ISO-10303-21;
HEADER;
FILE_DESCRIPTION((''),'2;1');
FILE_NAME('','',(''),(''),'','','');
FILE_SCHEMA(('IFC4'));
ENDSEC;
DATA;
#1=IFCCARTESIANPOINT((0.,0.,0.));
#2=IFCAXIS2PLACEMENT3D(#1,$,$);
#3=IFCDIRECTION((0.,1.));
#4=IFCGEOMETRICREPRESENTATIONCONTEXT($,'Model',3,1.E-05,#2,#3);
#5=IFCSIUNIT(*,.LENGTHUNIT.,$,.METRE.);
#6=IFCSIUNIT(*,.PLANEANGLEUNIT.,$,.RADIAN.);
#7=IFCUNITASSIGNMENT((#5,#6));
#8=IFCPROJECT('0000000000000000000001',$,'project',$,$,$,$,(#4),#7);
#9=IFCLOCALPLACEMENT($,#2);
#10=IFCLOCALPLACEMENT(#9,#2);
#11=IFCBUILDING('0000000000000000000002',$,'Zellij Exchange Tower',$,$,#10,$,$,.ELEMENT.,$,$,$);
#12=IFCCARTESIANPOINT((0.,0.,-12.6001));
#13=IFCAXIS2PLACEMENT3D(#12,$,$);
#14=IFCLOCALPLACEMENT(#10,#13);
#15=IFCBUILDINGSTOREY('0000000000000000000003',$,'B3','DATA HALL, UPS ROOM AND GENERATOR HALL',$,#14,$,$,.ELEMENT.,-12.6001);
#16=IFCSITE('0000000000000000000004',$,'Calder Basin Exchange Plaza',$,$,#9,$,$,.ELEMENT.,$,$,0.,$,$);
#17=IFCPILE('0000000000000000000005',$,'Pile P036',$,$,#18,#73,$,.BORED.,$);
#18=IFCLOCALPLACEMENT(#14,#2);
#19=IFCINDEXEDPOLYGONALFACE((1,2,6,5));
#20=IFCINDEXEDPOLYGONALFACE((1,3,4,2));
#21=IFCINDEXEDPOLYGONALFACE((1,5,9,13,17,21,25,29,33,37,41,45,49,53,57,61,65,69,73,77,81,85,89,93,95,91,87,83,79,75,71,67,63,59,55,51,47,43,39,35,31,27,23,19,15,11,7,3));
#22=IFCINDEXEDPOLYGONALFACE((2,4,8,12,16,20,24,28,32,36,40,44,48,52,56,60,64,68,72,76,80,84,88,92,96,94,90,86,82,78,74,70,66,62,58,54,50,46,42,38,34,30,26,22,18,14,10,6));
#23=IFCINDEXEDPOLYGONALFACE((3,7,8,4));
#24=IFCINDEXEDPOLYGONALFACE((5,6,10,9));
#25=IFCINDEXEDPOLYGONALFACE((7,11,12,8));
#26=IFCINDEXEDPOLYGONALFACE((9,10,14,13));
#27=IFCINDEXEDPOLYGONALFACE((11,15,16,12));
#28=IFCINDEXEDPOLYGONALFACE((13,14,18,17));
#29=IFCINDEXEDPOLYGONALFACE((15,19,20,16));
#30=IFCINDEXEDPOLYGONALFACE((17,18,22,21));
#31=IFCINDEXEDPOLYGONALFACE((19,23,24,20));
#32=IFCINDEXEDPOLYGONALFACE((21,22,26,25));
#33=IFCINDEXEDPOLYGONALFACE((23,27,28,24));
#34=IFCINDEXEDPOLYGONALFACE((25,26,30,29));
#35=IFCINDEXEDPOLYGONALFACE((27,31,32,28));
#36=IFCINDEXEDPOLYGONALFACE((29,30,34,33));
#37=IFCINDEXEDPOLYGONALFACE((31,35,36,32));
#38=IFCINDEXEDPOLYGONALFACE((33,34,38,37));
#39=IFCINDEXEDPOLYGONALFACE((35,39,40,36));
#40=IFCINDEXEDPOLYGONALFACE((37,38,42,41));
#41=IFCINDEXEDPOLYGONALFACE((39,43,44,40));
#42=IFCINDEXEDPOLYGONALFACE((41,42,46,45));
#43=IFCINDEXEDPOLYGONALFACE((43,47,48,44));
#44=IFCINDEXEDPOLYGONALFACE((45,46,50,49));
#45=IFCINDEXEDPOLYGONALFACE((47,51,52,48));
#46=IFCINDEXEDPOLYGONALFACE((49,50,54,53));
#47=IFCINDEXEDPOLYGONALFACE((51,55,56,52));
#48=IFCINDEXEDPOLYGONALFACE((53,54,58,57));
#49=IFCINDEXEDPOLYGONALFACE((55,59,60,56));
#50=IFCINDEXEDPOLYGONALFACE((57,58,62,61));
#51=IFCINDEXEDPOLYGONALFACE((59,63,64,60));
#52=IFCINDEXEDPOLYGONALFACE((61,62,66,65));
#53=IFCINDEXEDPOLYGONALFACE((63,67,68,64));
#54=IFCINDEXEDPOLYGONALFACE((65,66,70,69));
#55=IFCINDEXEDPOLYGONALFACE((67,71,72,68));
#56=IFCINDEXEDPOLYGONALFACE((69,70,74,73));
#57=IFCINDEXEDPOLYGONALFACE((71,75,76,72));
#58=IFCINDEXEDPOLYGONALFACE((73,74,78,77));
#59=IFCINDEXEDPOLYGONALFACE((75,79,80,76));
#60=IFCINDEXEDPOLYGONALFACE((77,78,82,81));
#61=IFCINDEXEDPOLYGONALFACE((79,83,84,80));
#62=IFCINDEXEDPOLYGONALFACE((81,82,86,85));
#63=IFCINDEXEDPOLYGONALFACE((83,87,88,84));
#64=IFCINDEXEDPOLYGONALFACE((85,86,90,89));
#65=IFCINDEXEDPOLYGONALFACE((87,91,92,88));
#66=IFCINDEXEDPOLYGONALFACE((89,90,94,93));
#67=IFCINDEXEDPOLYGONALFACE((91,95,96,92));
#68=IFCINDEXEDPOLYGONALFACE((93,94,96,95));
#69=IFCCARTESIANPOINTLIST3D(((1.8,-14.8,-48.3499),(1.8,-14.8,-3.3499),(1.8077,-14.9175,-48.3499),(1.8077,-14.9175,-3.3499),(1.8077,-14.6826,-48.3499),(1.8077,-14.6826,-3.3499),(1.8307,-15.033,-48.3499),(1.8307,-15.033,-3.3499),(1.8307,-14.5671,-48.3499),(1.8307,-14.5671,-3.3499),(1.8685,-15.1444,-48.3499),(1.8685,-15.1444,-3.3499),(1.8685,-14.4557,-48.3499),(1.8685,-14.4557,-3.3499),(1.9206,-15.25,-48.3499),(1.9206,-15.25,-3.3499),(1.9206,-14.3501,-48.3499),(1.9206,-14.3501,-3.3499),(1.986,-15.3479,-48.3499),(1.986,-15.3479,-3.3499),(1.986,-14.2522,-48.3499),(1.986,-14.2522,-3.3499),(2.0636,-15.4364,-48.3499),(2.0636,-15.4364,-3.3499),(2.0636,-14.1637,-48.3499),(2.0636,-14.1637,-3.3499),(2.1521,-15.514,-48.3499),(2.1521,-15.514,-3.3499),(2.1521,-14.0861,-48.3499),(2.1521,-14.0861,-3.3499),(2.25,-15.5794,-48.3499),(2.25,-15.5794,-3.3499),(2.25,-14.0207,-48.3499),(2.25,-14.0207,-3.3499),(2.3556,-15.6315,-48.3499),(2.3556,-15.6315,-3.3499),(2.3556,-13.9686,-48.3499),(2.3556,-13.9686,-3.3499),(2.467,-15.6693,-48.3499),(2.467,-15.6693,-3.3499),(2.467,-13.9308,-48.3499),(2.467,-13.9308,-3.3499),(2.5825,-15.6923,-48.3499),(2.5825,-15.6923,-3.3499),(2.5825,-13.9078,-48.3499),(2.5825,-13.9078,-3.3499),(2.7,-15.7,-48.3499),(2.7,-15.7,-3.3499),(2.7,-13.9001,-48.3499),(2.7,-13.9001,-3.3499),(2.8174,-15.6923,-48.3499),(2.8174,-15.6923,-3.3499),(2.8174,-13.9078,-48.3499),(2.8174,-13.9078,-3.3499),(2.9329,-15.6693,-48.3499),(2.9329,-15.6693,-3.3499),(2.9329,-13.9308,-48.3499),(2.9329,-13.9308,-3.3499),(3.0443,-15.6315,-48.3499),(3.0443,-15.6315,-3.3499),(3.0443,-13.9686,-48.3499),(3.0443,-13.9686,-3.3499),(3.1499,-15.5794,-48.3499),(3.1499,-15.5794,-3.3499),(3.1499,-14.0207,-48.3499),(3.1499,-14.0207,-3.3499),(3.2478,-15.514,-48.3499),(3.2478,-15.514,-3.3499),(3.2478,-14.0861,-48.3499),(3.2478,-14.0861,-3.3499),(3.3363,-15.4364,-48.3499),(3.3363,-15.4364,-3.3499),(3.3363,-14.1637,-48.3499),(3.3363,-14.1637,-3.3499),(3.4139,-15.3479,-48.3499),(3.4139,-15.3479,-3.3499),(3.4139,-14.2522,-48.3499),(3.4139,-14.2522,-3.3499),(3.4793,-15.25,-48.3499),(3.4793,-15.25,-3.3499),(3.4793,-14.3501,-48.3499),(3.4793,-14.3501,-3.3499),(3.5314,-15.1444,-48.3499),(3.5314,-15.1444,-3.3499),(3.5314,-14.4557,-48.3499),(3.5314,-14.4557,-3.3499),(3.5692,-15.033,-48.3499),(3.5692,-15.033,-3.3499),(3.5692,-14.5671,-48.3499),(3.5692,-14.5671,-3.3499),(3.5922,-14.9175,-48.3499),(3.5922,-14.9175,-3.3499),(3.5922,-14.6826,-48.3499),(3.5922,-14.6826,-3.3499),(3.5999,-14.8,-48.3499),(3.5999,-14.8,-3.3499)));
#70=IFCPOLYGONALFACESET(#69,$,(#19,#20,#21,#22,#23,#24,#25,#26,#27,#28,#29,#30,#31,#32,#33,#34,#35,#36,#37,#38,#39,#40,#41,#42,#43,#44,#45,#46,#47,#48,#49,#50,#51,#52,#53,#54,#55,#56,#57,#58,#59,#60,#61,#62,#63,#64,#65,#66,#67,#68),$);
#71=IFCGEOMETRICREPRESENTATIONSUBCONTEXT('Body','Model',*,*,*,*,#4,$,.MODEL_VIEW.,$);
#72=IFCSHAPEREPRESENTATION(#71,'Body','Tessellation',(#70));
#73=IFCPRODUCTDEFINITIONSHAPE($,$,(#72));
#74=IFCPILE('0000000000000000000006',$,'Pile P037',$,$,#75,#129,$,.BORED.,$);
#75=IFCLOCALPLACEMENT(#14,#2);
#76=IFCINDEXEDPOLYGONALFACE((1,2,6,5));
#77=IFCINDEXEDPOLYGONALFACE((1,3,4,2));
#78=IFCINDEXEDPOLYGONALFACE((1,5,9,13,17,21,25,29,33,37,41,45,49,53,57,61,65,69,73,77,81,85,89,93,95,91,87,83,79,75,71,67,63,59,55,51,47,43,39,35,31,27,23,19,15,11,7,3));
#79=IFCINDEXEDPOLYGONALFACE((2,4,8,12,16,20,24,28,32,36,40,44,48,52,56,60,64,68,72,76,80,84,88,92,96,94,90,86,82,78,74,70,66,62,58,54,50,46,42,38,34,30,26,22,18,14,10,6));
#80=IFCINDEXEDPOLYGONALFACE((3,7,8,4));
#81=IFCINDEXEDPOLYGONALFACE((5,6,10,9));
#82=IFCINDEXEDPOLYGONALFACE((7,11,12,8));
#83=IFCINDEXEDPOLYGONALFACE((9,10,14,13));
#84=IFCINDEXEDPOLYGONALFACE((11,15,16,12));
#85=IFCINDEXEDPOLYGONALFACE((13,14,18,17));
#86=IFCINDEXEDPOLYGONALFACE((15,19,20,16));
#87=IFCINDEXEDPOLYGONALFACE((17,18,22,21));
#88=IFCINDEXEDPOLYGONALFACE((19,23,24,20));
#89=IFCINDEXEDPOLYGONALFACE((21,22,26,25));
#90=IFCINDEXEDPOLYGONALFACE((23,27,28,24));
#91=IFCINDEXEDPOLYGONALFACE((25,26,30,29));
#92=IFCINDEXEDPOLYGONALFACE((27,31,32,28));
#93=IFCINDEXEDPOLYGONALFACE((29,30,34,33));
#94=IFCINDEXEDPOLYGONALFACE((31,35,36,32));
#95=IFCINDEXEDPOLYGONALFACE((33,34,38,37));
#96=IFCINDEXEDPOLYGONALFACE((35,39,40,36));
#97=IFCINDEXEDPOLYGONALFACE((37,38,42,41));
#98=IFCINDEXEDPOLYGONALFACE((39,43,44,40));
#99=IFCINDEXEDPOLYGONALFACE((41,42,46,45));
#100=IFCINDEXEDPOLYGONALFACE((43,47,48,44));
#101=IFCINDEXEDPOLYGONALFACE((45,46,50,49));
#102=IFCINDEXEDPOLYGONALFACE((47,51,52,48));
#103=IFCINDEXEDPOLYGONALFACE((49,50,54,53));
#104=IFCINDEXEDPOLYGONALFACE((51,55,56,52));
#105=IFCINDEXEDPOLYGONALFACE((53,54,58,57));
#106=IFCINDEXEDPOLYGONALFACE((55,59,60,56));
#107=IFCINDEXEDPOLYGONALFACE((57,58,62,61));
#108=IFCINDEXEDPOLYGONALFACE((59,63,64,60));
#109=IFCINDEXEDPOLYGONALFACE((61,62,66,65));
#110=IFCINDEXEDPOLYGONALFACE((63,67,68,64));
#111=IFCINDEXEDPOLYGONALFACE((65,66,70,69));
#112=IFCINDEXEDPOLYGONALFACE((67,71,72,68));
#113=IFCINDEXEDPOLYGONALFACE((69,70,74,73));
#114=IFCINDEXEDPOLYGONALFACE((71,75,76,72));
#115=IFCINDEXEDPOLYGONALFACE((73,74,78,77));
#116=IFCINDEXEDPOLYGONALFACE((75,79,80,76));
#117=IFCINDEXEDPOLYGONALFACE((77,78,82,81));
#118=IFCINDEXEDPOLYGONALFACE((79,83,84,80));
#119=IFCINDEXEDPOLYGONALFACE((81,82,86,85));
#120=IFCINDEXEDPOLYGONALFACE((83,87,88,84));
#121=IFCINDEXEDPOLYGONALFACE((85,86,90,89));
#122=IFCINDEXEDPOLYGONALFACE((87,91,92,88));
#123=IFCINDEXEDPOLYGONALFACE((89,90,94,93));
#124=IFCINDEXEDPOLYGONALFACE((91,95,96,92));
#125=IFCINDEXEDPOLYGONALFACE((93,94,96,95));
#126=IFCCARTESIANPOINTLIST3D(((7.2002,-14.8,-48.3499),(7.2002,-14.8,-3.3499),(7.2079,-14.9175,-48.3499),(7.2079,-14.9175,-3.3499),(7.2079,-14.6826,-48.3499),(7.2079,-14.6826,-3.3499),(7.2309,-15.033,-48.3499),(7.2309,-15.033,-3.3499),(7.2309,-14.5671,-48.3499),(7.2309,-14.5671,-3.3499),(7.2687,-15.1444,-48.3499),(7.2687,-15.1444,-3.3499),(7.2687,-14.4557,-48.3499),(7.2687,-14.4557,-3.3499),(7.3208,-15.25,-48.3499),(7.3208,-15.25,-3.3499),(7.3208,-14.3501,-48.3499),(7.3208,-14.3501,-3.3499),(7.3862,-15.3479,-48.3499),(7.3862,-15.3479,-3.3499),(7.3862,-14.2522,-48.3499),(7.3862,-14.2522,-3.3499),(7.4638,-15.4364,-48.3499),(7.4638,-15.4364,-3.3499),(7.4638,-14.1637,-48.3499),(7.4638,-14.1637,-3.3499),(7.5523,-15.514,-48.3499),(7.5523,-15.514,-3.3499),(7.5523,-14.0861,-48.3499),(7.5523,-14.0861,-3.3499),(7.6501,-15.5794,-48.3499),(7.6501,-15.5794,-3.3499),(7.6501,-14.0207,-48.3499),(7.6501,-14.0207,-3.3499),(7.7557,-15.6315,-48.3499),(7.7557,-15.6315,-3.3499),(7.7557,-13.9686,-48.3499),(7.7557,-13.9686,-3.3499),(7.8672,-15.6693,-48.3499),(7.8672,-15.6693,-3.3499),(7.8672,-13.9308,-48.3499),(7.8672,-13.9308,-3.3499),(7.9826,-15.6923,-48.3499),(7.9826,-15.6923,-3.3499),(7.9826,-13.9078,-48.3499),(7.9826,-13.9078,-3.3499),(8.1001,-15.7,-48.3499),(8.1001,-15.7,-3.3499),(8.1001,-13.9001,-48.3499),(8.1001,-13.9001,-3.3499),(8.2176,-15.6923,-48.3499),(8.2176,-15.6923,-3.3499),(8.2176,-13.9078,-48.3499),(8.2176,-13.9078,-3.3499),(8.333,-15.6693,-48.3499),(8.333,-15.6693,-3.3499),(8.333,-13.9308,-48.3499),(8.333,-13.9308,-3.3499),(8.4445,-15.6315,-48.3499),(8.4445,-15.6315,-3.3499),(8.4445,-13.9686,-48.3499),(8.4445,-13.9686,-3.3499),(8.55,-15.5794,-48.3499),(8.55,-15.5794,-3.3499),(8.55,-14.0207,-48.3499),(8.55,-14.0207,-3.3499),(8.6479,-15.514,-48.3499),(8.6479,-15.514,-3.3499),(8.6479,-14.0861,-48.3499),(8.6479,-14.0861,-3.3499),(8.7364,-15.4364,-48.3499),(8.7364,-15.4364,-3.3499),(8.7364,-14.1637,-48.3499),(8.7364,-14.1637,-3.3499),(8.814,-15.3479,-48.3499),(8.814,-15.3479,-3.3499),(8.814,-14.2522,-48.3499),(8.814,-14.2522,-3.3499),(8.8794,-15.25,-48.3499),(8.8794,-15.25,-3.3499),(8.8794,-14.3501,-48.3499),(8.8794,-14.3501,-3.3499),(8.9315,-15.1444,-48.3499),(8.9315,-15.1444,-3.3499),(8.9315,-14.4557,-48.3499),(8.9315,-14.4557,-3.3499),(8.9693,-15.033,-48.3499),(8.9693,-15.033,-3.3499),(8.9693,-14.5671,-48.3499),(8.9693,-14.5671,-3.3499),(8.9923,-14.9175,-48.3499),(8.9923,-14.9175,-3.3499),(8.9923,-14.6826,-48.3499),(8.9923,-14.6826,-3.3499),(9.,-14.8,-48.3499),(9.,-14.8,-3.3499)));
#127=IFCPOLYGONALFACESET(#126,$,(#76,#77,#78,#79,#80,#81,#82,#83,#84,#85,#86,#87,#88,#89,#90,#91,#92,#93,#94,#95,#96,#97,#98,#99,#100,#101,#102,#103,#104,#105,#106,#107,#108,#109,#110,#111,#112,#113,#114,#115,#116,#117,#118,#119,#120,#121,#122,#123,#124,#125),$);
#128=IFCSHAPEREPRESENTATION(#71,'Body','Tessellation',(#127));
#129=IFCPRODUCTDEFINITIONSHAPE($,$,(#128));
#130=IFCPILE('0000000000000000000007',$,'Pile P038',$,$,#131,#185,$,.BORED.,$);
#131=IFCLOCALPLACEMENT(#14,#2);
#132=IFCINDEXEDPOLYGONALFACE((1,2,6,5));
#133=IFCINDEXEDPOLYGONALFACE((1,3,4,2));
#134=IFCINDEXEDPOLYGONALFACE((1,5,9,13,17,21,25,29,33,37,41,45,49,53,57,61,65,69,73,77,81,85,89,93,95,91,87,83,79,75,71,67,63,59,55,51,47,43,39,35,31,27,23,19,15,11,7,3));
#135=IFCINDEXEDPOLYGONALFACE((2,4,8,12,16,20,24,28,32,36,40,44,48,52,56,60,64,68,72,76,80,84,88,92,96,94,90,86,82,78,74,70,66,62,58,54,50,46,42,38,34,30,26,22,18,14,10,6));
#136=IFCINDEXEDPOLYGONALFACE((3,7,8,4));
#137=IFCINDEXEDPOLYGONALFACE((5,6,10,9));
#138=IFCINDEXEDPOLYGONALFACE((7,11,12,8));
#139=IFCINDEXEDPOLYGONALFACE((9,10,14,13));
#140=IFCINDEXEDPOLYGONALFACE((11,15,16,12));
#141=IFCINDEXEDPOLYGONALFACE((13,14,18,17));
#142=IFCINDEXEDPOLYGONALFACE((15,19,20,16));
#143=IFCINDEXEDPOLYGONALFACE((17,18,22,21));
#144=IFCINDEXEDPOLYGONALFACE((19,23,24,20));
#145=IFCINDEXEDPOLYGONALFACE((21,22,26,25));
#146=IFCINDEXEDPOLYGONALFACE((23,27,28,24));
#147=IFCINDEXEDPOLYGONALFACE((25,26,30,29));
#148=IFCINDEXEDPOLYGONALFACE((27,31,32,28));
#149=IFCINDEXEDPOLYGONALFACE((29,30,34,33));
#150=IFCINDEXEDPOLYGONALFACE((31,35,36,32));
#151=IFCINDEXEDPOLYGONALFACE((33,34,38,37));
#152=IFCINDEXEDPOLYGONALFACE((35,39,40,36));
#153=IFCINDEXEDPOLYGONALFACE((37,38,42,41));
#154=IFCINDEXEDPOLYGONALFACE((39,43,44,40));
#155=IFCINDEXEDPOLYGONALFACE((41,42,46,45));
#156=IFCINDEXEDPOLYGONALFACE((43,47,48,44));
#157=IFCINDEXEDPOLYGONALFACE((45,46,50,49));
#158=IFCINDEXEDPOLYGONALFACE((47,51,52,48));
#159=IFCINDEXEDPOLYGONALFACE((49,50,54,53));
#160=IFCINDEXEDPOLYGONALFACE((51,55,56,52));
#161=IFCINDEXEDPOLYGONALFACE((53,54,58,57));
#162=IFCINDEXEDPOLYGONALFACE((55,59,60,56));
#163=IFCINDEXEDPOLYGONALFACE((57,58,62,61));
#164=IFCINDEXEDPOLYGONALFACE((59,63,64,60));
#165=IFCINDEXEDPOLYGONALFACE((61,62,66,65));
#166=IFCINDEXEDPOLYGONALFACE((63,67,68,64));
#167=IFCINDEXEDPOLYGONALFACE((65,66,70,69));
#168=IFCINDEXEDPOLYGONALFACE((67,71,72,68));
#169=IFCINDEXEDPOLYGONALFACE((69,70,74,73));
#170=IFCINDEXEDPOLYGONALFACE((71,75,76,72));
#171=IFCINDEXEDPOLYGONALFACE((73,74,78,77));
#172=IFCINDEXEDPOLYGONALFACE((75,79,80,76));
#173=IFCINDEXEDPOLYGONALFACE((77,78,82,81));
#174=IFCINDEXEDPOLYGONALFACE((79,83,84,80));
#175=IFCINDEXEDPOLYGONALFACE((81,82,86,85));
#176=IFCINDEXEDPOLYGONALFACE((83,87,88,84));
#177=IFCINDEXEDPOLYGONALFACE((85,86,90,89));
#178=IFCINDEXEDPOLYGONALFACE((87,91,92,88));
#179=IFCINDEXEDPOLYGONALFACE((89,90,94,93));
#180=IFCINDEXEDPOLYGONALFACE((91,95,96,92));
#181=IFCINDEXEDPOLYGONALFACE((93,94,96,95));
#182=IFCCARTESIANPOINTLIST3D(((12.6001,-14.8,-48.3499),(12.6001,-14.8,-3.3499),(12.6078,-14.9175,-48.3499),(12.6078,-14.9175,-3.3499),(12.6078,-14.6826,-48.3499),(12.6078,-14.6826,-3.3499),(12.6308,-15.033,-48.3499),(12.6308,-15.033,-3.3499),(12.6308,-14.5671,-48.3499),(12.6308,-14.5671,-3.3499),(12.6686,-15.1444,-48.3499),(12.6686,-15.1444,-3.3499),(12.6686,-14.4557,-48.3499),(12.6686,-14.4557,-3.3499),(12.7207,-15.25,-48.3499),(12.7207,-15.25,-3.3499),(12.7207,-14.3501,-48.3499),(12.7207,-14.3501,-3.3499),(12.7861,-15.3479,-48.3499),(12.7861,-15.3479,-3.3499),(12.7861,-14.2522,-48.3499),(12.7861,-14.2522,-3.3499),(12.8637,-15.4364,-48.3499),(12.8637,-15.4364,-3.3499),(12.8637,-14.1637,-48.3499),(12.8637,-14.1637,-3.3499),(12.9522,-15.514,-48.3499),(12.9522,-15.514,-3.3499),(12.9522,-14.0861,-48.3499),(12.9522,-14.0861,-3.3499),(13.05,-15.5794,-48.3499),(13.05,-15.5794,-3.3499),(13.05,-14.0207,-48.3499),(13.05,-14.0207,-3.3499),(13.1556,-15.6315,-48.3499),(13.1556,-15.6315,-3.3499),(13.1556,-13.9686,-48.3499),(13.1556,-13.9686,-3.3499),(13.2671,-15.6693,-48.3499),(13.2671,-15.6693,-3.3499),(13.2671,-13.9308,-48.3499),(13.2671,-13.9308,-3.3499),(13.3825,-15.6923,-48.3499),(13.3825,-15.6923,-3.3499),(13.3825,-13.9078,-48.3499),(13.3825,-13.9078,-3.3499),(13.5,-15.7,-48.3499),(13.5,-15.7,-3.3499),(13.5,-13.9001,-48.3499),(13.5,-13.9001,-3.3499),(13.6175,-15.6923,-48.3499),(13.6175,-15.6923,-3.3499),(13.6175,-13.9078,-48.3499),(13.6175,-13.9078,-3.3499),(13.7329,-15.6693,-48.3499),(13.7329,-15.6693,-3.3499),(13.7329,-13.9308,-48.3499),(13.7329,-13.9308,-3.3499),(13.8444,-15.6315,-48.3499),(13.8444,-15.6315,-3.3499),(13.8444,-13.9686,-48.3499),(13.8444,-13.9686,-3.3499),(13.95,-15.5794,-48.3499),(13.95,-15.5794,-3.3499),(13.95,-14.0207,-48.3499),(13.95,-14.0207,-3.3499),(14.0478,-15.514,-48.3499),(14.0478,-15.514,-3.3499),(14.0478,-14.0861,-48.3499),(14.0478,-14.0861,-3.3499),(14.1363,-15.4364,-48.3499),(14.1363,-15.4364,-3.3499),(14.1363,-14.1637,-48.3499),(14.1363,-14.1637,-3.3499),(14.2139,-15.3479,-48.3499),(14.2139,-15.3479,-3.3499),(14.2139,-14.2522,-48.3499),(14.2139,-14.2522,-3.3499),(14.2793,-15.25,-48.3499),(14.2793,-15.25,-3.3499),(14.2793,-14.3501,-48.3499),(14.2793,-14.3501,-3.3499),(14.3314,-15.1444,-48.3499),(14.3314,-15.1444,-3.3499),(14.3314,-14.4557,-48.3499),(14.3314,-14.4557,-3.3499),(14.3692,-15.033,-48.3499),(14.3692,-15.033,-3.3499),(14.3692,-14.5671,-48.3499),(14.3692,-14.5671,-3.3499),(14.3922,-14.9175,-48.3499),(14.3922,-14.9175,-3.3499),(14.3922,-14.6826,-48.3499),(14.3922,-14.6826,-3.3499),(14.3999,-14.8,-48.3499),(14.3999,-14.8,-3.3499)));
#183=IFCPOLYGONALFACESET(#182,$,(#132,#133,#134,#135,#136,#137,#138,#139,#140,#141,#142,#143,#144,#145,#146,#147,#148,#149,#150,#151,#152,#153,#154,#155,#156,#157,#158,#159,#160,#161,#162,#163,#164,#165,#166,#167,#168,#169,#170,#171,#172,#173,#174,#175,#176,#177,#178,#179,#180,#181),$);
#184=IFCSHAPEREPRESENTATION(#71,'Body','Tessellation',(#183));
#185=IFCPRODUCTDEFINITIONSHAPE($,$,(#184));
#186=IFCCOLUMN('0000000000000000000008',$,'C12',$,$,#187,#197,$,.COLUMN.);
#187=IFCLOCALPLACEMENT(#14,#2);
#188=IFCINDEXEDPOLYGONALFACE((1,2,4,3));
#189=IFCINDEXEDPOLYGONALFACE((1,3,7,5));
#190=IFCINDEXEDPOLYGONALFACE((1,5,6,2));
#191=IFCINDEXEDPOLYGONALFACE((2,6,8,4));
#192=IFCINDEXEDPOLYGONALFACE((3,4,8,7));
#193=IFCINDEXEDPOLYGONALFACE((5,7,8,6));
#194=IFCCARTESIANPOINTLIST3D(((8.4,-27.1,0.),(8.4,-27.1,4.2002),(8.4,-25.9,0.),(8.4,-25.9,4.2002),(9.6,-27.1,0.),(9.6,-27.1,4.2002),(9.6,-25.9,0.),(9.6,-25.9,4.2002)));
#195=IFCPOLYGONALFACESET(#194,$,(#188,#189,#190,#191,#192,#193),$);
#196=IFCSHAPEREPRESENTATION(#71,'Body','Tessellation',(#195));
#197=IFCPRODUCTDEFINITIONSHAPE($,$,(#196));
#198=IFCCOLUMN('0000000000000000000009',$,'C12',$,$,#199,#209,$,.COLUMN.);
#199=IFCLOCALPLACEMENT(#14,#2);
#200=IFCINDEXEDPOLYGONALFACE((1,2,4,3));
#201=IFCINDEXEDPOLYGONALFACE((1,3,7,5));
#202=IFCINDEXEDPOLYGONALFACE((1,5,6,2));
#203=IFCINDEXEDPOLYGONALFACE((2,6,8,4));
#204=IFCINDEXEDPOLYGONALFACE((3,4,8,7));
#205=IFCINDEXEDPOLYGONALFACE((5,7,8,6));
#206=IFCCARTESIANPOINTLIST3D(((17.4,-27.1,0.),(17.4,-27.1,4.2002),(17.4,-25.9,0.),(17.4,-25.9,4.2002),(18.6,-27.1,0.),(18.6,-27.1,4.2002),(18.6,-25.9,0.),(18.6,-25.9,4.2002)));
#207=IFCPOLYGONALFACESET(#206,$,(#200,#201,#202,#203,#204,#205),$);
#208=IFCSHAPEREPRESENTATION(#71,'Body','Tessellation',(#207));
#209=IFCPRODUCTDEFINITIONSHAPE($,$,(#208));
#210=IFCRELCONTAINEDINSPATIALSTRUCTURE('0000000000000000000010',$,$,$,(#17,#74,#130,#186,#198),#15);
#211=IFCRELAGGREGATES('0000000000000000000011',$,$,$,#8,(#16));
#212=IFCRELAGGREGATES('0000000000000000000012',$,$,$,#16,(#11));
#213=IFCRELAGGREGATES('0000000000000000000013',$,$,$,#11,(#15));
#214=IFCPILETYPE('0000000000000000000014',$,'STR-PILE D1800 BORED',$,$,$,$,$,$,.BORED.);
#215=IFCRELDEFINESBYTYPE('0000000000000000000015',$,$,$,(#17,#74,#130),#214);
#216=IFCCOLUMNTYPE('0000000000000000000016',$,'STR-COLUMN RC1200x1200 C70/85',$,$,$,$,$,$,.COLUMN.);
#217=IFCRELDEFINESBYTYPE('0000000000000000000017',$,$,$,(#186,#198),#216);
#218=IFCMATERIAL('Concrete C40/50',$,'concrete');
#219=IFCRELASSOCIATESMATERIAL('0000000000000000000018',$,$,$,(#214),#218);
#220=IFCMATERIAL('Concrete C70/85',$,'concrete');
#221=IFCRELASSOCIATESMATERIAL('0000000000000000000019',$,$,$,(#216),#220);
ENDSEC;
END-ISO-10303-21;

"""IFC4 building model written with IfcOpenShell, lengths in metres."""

from ifc_helpers import new_model, si_unit, direction, frame, origin, origin_2d, place, context, subcontext, project, spatial, rectangle, circle, extrude, material, material_profile, profile_set, type_object, element, save


model = new_model("IFC4")

# Units and contexts
model_context = context("Model", 3, precision=1e-05, world=origin(), true_north=direction((0.0, 1.0)))
body_context = subcontext(model_context, "Body", "Model", "MODEL_VIEW")
ifc_project = project(units=[si_unit("LENGTHUNIT", "METRE"), si_unit("PLANEANGLEUNIT", "RADIAN")], contexts=[model_context])

# Site, building, storey
site_placement = place(None, origin())
site = spatial("IfcSite", under=ifc_project, at=site_placement, Name="Calder Basin Exchange Plaza", CompositionType="ELEMENT", RefElevation=0.0)
building_placement = place(site_placement, origin())
building = spatial("IfcBuilding", under=site, at=building_placement, Name="Zellij Exchange Tower", CompositionType="ELEMENT")
storey_placement = place(building_placement, frame((0.0, 0.0, -12.6001)))
storey = spatial("IfcBuildingStorey", under=building, at=storey_placement, Name="B3", Description="DATA HALL, UPS ROOM AND GENERATOR HALL", CompositionType="ELEMENT", Elevation=-12.6001)

# Piles
ifc_material_1 = material(Name="Concrete C40/50", Category="concrete")
ifc_material_profile_1 = material_profile(ifc_material_1, circle(Radius=0.8999, at=origin_2d()), Name="STR-PILE D1800 BORED")
ifc_profile_set_1 = profile_set([ifc_material_profile_1], Name="Concrete C40/50")
pile_type = type_object("IfcPileType", Name="STR-PILE D1800 BORED", PredefinedType="BORED", material=ifc_profile_set_1)
for number, where, z_axis, x_axis, name in (
    (1, (2.7, -14.8, -3.3499), (0.0, 0.0, -1.0), (1.0, 0.0, 0.0), "Pile P036"),
    (2, (8.1001, -14.8, -3.3499), (0.0, 0.0, -1.0), (1.0, 0.0, 0.0), "Pile P037"),
    (3, (13.5, -14.8, -3.3499), (0.0, 0.0, -1.0), (1.0, 0.0, 0.0), "Pile P038"),
):
    element("IfcPile", number, at=place(storey_placement, frame(where, z_axis=z_axis, x_axis=x_axis)), inside=storey, type_object=pile_type, Name=name, PredefinedType="BORED", context=body_context, shape_type="SweptSolid", body=[
        extrude(circle(Radius=0.8999, at=origin_2d()), origin(), (0.0, 0.0, 1.0), 45.0),
    ])

# Columns
ifc_material_2 = material(Name="Concrete C70/85", Category="concrete")
ifc_material_profile_2 = material_profile(ifc_material_2, rectangle(XDim=1.2, YDim=1.2, at=origin_2d()), Name="STR-COLUMN RC1200x1200 C70/85")
ifc_profile_set_2 = profile_set([ifc_material_profile_2], Name="Concrete C70/85")
column_type = type_object("IfcColumnType", Name="STR-COLUMN RC1200x1200 C70/85", PredefinedType="COLUMN", material=ifc_profile_set_2)
for number, where, z_axis, x_axis, name in (
    (4, (9.0, -26.5, 0.0), (0.0, 0.0, 1.0), (1.0, 0.0, 0.0), "C12"),
    (5, (18.0, -26.5, 0.0), (0.0, 0.0, 1.0), (1.0, 0.0, 0.0), "C12"),
):
    element("IfcColumn", number, at=place(storey_placement, frame(where, z_axis=z_axis, x_axis=x_axis)), inside=storey, type_object=column_type, Name=name, PredefinedType="COLUMN", context=body_context, shape_type="SweptSolid", body=[
        extrude(rectangle(XDim=1.2, YDim=1.2, at=origin_2d()), origin(), (0.0, 0.0, 1.0), 4.2002),
    ])

save(model, "model.ifc")
